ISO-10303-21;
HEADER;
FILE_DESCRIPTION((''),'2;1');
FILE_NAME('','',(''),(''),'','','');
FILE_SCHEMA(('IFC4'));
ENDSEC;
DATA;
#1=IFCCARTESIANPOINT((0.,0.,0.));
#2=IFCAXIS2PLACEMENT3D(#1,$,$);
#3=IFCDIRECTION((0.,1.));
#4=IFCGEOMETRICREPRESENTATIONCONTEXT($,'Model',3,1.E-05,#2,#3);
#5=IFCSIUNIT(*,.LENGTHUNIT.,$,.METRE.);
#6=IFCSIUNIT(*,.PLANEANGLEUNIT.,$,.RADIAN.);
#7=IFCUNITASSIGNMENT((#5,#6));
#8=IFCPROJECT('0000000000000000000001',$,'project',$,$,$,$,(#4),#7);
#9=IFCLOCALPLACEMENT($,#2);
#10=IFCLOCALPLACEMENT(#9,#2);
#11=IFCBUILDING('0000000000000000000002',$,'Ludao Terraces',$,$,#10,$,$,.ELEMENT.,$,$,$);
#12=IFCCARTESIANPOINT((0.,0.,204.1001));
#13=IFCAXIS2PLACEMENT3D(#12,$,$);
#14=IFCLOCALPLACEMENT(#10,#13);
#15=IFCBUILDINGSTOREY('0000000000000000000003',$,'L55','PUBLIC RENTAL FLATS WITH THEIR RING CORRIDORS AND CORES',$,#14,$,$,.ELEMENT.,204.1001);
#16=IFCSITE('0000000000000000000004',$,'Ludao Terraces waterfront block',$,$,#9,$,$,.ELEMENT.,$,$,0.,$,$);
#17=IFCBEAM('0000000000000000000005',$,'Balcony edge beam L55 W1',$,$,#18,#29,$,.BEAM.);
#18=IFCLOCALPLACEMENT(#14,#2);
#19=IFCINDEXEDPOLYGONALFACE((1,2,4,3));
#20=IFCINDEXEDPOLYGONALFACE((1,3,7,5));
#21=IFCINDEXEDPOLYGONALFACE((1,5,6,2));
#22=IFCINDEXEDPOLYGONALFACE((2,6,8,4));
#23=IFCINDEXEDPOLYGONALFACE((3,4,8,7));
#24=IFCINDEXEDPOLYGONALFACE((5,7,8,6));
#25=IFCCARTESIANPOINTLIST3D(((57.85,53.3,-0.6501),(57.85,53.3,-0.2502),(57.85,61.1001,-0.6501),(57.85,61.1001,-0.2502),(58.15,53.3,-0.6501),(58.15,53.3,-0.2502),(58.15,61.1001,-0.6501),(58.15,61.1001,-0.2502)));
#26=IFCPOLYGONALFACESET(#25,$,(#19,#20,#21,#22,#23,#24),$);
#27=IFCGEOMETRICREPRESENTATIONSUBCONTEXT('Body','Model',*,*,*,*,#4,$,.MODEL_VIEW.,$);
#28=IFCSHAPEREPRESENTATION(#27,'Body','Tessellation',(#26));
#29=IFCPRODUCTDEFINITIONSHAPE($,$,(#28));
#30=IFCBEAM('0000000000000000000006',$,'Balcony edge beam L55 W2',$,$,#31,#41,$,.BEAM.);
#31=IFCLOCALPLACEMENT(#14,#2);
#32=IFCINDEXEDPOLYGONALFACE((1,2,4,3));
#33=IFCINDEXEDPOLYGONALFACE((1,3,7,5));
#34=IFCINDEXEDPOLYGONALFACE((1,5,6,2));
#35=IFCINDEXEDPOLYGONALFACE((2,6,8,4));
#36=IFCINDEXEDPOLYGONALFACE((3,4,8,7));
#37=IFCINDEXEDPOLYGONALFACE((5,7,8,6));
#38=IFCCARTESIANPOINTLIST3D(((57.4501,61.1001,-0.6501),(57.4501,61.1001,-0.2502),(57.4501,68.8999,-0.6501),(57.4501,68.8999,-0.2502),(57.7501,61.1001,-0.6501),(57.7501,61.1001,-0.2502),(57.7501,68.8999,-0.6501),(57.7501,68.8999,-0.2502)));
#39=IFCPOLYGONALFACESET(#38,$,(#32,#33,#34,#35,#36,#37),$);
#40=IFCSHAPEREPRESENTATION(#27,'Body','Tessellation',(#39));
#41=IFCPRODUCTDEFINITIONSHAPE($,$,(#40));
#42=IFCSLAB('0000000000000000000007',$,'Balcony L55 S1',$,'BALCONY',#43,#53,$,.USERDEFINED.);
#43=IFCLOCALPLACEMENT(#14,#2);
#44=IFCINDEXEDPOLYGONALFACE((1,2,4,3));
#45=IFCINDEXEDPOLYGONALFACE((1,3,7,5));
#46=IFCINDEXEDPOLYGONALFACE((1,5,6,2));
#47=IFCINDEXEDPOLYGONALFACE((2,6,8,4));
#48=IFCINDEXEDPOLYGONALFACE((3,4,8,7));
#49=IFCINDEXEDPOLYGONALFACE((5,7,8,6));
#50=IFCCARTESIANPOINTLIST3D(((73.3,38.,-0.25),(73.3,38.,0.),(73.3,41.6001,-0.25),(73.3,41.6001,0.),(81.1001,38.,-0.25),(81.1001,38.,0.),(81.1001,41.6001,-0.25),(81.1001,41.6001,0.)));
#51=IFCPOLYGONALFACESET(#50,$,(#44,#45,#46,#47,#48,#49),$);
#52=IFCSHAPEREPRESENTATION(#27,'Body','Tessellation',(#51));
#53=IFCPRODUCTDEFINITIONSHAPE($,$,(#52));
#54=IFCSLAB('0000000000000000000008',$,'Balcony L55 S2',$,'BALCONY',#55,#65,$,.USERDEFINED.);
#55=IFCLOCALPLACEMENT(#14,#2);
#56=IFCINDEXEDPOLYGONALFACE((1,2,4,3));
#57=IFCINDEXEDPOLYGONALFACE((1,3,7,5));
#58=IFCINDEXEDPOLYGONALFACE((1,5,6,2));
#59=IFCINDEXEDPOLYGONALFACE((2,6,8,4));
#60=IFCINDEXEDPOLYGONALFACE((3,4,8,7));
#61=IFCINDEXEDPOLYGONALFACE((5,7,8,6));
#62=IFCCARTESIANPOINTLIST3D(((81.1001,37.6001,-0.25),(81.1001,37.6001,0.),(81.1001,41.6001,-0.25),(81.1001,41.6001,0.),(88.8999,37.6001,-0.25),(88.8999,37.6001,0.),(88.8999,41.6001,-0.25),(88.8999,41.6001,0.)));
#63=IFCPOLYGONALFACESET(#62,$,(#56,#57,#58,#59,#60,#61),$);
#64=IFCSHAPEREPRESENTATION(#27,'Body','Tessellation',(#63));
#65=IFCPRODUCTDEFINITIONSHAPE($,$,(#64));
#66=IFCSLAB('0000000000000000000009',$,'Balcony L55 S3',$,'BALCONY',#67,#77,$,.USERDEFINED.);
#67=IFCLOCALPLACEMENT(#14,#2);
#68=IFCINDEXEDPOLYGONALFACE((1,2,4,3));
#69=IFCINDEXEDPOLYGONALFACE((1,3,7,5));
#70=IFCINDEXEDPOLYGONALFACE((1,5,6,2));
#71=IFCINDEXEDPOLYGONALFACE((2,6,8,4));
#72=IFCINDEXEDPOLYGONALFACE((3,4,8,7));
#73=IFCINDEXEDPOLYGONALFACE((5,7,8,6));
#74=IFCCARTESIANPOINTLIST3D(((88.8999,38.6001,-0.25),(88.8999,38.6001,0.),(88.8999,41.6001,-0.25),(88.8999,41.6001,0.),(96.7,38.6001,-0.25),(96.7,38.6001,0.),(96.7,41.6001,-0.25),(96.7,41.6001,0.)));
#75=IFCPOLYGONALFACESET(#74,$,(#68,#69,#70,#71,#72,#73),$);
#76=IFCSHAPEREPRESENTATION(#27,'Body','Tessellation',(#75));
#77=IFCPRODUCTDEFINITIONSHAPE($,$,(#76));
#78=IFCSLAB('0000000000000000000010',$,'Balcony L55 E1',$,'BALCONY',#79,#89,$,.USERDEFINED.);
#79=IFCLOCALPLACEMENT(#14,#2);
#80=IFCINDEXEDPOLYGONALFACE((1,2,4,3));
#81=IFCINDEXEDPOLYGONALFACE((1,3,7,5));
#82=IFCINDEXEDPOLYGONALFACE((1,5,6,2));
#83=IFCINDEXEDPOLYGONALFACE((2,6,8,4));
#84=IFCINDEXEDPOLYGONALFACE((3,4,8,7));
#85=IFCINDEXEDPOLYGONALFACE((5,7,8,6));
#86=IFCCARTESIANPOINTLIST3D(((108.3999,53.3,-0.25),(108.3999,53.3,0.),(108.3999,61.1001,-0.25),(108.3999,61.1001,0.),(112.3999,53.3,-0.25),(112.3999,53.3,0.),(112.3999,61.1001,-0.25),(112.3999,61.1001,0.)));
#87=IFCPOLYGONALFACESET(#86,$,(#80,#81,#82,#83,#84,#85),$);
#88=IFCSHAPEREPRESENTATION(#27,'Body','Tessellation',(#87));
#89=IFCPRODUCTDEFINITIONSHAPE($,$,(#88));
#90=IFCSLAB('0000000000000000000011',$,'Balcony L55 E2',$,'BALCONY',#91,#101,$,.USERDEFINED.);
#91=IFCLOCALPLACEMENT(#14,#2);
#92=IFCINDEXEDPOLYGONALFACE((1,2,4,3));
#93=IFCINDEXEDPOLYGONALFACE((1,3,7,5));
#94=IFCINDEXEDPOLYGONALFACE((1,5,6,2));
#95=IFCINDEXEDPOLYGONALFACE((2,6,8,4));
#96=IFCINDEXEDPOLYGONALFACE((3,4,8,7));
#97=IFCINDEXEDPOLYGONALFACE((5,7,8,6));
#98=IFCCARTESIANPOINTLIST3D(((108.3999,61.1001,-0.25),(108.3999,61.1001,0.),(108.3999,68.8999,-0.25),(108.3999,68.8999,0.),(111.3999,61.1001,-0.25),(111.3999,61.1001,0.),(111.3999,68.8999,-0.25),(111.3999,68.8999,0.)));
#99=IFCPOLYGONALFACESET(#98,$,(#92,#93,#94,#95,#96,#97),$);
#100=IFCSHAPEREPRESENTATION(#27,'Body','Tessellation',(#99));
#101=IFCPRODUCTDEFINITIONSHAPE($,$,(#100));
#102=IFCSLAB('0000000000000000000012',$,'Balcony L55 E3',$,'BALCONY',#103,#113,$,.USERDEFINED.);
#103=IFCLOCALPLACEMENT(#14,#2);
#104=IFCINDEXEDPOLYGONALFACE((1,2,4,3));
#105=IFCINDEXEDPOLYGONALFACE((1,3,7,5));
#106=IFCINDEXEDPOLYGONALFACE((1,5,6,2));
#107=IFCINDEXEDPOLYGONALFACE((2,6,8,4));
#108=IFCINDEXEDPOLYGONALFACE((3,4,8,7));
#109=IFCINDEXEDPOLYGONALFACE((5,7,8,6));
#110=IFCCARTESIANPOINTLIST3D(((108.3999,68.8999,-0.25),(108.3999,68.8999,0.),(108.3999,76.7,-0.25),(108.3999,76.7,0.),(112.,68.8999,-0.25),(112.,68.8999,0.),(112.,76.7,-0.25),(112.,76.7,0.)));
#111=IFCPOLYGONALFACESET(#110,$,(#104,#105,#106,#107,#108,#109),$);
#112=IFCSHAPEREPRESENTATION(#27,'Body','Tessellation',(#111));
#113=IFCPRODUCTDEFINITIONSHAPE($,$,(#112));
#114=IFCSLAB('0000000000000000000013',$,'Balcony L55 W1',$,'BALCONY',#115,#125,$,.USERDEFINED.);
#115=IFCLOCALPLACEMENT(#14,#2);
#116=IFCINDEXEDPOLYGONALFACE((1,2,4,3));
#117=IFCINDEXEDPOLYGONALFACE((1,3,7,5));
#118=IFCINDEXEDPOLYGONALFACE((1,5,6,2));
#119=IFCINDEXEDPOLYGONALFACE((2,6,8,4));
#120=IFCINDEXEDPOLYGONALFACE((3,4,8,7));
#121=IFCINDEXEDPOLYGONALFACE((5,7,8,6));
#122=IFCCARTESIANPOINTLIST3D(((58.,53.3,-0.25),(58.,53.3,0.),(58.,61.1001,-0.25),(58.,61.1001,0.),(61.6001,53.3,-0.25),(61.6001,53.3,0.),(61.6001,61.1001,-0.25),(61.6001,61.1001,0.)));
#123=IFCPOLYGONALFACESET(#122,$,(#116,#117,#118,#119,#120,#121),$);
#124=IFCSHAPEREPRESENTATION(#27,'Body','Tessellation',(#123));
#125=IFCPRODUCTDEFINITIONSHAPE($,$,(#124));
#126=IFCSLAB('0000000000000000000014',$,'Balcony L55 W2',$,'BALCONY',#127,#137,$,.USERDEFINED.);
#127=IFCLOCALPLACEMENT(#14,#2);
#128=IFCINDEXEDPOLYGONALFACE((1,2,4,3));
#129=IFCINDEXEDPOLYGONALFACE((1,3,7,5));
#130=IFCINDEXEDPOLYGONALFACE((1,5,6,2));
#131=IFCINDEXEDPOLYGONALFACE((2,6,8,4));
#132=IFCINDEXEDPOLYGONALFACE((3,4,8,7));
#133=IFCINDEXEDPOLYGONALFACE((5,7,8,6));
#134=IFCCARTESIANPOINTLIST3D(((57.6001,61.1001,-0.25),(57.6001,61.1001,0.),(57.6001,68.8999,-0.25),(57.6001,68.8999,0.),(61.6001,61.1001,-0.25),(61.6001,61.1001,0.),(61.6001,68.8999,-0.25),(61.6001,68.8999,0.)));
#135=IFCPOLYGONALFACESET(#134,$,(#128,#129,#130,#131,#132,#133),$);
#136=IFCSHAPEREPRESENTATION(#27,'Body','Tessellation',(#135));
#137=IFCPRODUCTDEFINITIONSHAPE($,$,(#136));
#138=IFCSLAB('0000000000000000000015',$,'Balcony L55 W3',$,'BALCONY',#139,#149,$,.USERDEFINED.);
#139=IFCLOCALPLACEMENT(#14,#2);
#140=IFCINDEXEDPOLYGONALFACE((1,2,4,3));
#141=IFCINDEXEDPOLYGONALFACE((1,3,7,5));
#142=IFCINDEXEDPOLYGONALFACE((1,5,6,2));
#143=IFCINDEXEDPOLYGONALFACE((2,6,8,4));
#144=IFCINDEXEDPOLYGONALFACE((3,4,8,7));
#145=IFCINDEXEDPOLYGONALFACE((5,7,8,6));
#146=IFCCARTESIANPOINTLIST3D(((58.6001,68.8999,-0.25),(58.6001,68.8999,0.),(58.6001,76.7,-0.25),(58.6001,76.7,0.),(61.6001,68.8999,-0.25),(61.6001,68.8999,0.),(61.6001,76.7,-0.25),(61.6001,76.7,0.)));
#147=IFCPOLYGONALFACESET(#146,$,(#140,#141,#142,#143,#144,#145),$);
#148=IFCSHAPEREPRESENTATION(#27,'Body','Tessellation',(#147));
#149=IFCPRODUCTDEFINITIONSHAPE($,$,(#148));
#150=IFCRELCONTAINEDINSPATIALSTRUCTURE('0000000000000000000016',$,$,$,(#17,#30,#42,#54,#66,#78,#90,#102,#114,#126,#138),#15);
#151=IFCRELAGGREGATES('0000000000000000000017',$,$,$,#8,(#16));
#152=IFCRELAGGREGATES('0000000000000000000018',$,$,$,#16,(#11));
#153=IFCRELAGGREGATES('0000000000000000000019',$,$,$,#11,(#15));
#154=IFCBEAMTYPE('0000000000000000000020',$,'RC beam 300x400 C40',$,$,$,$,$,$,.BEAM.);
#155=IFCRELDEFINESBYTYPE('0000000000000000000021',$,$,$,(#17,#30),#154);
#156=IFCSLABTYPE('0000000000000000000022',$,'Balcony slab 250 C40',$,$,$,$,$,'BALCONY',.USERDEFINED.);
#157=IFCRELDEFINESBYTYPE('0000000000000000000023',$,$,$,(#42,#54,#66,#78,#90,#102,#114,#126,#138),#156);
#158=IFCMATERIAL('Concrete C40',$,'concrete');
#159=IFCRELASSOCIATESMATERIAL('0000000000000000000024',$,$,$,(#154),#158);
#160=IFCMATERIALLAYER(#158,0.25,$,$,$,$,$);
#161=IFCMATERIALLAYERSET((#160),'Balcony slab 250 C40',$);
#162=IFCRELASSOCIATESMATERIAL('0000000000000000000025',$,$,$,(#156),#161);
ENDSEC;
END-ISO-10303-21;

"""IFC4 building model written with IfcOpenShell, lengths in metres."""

from ifc_helpers import new_model, si_unit, direction, frame, origin, origin_2d, place, context, subcontext, project, spatial, polyline, rectangle, outline, extrude, material, layer, layer_set, material_profile, profile_set, type_object, element, save


model = new_model("IFC4")

# Units and contexts
model_context = context("Model", 3, precision=1e-05, world=origin(), true_north=direction((0.0, 1.0)))
body_context = subcontext(model_context, "Body", "Model", "MODEL_VIEW")
ifc_project = project(units=[si_unit("LENGTHUNIT", "METRE"), si_unit("PLANEANGLEUNIT", "RADIAN")], contexts=[model_context])

# Site, building, storey
site_placement = place(None, origin())
site = spatial("IfcSite", under=ifc_project, at=site_placement, Name="Ludao Terraces waterfront block", CompositionType="ELEMENT", RefElevation=0.0)
building_placement = place(site_placement, origin())
building = spatial("IfcBuilding", under=site, at=building_placement, Name="Ludao Terraces", CompositionType="ELEMENT")
storey_placement = place(building_placement, frame((0.0, 0.0, 204.1001)))
storey = spatial("IfcBuildingStorey", under=building, at=storey_placement, Name="L55", Description="PUBLIC RENTAL FLATS WITH THEIR RING CORRIDORS AND CORES", CompositionType="ELEMENT", Elevation=204.1001)

# Beams
ifc_material_1 = material(Name="Concrete C40", Category="concrete")
ifc_material_profile = material_profile(ifc_material_1, rectangle(XDim=0.3, YDim=0.3999, at=origin_2d()), Name="300 X 400")
ifc_profile_set = profile_set([ifc_material_profile], Name="Concrete C40")
beam_type = type_object("IfcBeamType", Name="RC beam 300x400 C40", PredefinedType="BEAM", material=ifc_profile_set)
beam_1_placement = place(storey_placement, frame((58.0, 53.3, -0.4502), z_axis=(0.0, 1.0, 0.0), x_axis=(-1.0, 0.0, 0.0)))
element("IfcBeam", 1, at=beam_1_placement, inside=storey, type_object=beam_type, Name="Balcony edge beam L55 W1", PredefinedType="BEAM", context=body_context, shape_type="SweptSolid", body=[
    extrude(rectangle(XDim=0.3, YDim=0.3999, at=origin_2d()), origin(), (0.0, 0.0, 1.0), 7.8),
])
beam_2_placement = place(storey_placement, frame((57.6001, 61.1001, -0.4502), z_axis=(0.0, 1.0, 0.0), x_axis=(-1.0, 0.0, 0.0)))
element("IfcBeam", 2, at=beam_2_placement, inside=storey, type_object=beam_type, Name="Balcony edge beam L55 W2", PredefinedType="BEAM", context=body_context, shape_type="SweptSolid", body=[
    extrude(rectangle(XDim=0.3, YDim=0.3999, at=origin_2d()), origin(), (0.0, 0.0, 1.0), 7.7998),
])

# Slabs
ifc_layer_1 = layer(ifc_material_1, 0.25)
ifc_layer_set_1 = layer_set([ifc_layer_1], Name="Balcony slab 250 C40")
slab_type_1 = type_object("IfcSlabType", Name="Balcony slab 250 C40", ElementType="BALCONY", PredefinedType="USERDEFINED", material=ifc_layer_set_1)
slab_1_placement = place(storey_placement, frame((0.0, 0.0, -0.25)))
element("IfcSlab", 3, at=slab_1_placement, inside=storey, type_object=slab_type_1, Name="Balcony L55 S1", ObjectType="BALCONY", PredefinedType="USERDEFINED", context=body_context, shape_type="SweptSolid", body=[
    extrude(outline(polyline([(73.3, 38.0), (81.1001, 38.0), (81.1001, 41.6001), (73.3, 41.6001), (73.3, 38.0)])), origin(), (0.0, 0.0, 1.0), 0.25),
])
slab_2_placement = place(storey_placement, frame((0.0, 0.0, -0.25)))
element("IfcSlab", 4, at=slab_2_placement, inside=storey, type_object=slab_type_1, Name="Balcony L55 S2", ObjectType="BALCONY", PredefinedType="USERDEFINED", context=body_context, shape_type="SweptSolid", body=[
    extrude(outline(polyline([(81.1001, 37.6001), (88.8999, 37.6001), (88.8999, 41.6001), (81.1001, 41.6001), (81.1001, 37.6001)])), origin(), (0.0, 0.0, 1.0), 0.25),
])
slab_3_placement = place(storey_placement, frame((0.0, 0.0, -0.25)))
element("IfcSlab", 5, at=slab_3_placement, inside=storey, type_object=slab_type_1, Name="Balcony L55 S3", ObjectType="BALCONY", PredefinedType="USERDEFINED", context=body_context, shape_type="SweptSolid", body=[
    extrude(outline(polyline([(88.8999, 38.6001), (96.7, 38.6001), (96.7, 41.6001), (88.8999, 41.6001), (88.8999, 38.6001)])), origin(), (0.0, 0.0, 1.0), 0.25),
])
slab_4_placement = place(storey_placement, frame((0.0, 0.0, -0.25)))
element("IfcSlab", 6, at=slab_4_placement, inside=storey, type_object=slab_type_1, Name="Balcony L55 E1", ObjectType="BALCONY", PredefinedType="USERDEFINED", context=body_context, shape_type="SweptSolid", body=[
    extrude(outline(polyline([(108.3999, 53.3), (112.3999, 53.3), (112.3999, 61.1001), (108.3999, 61.1001), (108.3999, 53.3)])), origin(), (0.0, 0.0, 1.0), 0.25),
])
slab_5_placement = place(storey_placement, frame((0.0, 0.0, -0.25)))
element("IfcSlab", 7, at=slab_5_placement, inside=storey, type_object=slab_type_1, Name="Balcony L55 E2", ObjectType="BALCONY", PredefinedType="USERDEFINED", context=body_context, shape_type="SweptSolid", body=[
    extrude(outline(polyline([(108.3999, 61.1001), (111.3999, 61.1001), (111.3999, 68.8999), (108.3999, 68.8999), (108.3999, 61.1001)])), origin(), (0.0, 0.0, 1.0), 0.25),
])
slab_6_placement = place(storey_placement, frame((0.0, 0.0, -0.25)))
element("IfcSlab", 8, at=slab_6_placement, inside=storey, type_object=slab_type_1, Name="Balcony L55 E3", ObjectType="BALCONY", PredefinedType="USERDEFINED", context=body_context, shape_type="SweptSolid", body=[
    extrude(outline(polyline([(108.3999, 68.8999), (112.0, 68.8999), (112.0, 76.7), (108.3999, 76.7), (108.3999, 68.8999)])), origin(), (0.0, 0.0, 1.0), 0.25),
])
slab_7_placement = place(storey_placement, frame((0.0, 0.0, -0.25)))
element("IfcSlab", 9, at=slab_7_placement, inside=storey, type_object=slab_type_1, Name="Balcony L55 W1", ObjectType="BALCONY", PredefinedType="USERDEFINED", context=body_context, shape_type="SweptSolid", body=[
    extrude(outline(polyline([(58.0, 53.3), (61.6001, 53.3), (61.6001, 61.1001), (58.0, 61.1001), (58.0, 53.3)])), origin(), (0.0, 0.0, 1.0), 0.25),
])
slab_8_placement = place(storey_placement, frame((0.0, 0.0, -0.25)))
element("IfcSlab", 10, at=slab_8_placement, inside=storey, type_object=slab_type_1, Name="Balcony L55 W2", ObjectType="BALCONY", PredefinedType="USERDEFINED", context=body_context, shape_type="SweptSolid", body=[
    extrude(outline(polyline([(57.6001, 61.1001), (61.6001, 61.1001), (61.6001, 68.8999), (57.6001, 68.8999), (57.6001, 61.1001)])), origin(), (0.0, 0.0, 1.0), 0.25),
])
slab_9_placement = place(storey_placement, frame((0.0, 0.0, -0.25)))
element("IfcSlab", 11, at=slab_9_placement, inside=storey, type_object=slab_type_1, Name="Balcony L55 W3", ObjectType="BALCONY", PredefinedType="USERDEFINED", context=body_context, shape_type="SweptSolid", body=[
    extrude(outline(polyline([(58.6001, 68.8999), (61.6001, 68.8999), (61.6001, 76.7), (58.6001, 76.7), (58.6001, 68.8999)])), origin(), (0.0, 0.0, 1.0), 0.25),
])

save(model, "model.ifc")
